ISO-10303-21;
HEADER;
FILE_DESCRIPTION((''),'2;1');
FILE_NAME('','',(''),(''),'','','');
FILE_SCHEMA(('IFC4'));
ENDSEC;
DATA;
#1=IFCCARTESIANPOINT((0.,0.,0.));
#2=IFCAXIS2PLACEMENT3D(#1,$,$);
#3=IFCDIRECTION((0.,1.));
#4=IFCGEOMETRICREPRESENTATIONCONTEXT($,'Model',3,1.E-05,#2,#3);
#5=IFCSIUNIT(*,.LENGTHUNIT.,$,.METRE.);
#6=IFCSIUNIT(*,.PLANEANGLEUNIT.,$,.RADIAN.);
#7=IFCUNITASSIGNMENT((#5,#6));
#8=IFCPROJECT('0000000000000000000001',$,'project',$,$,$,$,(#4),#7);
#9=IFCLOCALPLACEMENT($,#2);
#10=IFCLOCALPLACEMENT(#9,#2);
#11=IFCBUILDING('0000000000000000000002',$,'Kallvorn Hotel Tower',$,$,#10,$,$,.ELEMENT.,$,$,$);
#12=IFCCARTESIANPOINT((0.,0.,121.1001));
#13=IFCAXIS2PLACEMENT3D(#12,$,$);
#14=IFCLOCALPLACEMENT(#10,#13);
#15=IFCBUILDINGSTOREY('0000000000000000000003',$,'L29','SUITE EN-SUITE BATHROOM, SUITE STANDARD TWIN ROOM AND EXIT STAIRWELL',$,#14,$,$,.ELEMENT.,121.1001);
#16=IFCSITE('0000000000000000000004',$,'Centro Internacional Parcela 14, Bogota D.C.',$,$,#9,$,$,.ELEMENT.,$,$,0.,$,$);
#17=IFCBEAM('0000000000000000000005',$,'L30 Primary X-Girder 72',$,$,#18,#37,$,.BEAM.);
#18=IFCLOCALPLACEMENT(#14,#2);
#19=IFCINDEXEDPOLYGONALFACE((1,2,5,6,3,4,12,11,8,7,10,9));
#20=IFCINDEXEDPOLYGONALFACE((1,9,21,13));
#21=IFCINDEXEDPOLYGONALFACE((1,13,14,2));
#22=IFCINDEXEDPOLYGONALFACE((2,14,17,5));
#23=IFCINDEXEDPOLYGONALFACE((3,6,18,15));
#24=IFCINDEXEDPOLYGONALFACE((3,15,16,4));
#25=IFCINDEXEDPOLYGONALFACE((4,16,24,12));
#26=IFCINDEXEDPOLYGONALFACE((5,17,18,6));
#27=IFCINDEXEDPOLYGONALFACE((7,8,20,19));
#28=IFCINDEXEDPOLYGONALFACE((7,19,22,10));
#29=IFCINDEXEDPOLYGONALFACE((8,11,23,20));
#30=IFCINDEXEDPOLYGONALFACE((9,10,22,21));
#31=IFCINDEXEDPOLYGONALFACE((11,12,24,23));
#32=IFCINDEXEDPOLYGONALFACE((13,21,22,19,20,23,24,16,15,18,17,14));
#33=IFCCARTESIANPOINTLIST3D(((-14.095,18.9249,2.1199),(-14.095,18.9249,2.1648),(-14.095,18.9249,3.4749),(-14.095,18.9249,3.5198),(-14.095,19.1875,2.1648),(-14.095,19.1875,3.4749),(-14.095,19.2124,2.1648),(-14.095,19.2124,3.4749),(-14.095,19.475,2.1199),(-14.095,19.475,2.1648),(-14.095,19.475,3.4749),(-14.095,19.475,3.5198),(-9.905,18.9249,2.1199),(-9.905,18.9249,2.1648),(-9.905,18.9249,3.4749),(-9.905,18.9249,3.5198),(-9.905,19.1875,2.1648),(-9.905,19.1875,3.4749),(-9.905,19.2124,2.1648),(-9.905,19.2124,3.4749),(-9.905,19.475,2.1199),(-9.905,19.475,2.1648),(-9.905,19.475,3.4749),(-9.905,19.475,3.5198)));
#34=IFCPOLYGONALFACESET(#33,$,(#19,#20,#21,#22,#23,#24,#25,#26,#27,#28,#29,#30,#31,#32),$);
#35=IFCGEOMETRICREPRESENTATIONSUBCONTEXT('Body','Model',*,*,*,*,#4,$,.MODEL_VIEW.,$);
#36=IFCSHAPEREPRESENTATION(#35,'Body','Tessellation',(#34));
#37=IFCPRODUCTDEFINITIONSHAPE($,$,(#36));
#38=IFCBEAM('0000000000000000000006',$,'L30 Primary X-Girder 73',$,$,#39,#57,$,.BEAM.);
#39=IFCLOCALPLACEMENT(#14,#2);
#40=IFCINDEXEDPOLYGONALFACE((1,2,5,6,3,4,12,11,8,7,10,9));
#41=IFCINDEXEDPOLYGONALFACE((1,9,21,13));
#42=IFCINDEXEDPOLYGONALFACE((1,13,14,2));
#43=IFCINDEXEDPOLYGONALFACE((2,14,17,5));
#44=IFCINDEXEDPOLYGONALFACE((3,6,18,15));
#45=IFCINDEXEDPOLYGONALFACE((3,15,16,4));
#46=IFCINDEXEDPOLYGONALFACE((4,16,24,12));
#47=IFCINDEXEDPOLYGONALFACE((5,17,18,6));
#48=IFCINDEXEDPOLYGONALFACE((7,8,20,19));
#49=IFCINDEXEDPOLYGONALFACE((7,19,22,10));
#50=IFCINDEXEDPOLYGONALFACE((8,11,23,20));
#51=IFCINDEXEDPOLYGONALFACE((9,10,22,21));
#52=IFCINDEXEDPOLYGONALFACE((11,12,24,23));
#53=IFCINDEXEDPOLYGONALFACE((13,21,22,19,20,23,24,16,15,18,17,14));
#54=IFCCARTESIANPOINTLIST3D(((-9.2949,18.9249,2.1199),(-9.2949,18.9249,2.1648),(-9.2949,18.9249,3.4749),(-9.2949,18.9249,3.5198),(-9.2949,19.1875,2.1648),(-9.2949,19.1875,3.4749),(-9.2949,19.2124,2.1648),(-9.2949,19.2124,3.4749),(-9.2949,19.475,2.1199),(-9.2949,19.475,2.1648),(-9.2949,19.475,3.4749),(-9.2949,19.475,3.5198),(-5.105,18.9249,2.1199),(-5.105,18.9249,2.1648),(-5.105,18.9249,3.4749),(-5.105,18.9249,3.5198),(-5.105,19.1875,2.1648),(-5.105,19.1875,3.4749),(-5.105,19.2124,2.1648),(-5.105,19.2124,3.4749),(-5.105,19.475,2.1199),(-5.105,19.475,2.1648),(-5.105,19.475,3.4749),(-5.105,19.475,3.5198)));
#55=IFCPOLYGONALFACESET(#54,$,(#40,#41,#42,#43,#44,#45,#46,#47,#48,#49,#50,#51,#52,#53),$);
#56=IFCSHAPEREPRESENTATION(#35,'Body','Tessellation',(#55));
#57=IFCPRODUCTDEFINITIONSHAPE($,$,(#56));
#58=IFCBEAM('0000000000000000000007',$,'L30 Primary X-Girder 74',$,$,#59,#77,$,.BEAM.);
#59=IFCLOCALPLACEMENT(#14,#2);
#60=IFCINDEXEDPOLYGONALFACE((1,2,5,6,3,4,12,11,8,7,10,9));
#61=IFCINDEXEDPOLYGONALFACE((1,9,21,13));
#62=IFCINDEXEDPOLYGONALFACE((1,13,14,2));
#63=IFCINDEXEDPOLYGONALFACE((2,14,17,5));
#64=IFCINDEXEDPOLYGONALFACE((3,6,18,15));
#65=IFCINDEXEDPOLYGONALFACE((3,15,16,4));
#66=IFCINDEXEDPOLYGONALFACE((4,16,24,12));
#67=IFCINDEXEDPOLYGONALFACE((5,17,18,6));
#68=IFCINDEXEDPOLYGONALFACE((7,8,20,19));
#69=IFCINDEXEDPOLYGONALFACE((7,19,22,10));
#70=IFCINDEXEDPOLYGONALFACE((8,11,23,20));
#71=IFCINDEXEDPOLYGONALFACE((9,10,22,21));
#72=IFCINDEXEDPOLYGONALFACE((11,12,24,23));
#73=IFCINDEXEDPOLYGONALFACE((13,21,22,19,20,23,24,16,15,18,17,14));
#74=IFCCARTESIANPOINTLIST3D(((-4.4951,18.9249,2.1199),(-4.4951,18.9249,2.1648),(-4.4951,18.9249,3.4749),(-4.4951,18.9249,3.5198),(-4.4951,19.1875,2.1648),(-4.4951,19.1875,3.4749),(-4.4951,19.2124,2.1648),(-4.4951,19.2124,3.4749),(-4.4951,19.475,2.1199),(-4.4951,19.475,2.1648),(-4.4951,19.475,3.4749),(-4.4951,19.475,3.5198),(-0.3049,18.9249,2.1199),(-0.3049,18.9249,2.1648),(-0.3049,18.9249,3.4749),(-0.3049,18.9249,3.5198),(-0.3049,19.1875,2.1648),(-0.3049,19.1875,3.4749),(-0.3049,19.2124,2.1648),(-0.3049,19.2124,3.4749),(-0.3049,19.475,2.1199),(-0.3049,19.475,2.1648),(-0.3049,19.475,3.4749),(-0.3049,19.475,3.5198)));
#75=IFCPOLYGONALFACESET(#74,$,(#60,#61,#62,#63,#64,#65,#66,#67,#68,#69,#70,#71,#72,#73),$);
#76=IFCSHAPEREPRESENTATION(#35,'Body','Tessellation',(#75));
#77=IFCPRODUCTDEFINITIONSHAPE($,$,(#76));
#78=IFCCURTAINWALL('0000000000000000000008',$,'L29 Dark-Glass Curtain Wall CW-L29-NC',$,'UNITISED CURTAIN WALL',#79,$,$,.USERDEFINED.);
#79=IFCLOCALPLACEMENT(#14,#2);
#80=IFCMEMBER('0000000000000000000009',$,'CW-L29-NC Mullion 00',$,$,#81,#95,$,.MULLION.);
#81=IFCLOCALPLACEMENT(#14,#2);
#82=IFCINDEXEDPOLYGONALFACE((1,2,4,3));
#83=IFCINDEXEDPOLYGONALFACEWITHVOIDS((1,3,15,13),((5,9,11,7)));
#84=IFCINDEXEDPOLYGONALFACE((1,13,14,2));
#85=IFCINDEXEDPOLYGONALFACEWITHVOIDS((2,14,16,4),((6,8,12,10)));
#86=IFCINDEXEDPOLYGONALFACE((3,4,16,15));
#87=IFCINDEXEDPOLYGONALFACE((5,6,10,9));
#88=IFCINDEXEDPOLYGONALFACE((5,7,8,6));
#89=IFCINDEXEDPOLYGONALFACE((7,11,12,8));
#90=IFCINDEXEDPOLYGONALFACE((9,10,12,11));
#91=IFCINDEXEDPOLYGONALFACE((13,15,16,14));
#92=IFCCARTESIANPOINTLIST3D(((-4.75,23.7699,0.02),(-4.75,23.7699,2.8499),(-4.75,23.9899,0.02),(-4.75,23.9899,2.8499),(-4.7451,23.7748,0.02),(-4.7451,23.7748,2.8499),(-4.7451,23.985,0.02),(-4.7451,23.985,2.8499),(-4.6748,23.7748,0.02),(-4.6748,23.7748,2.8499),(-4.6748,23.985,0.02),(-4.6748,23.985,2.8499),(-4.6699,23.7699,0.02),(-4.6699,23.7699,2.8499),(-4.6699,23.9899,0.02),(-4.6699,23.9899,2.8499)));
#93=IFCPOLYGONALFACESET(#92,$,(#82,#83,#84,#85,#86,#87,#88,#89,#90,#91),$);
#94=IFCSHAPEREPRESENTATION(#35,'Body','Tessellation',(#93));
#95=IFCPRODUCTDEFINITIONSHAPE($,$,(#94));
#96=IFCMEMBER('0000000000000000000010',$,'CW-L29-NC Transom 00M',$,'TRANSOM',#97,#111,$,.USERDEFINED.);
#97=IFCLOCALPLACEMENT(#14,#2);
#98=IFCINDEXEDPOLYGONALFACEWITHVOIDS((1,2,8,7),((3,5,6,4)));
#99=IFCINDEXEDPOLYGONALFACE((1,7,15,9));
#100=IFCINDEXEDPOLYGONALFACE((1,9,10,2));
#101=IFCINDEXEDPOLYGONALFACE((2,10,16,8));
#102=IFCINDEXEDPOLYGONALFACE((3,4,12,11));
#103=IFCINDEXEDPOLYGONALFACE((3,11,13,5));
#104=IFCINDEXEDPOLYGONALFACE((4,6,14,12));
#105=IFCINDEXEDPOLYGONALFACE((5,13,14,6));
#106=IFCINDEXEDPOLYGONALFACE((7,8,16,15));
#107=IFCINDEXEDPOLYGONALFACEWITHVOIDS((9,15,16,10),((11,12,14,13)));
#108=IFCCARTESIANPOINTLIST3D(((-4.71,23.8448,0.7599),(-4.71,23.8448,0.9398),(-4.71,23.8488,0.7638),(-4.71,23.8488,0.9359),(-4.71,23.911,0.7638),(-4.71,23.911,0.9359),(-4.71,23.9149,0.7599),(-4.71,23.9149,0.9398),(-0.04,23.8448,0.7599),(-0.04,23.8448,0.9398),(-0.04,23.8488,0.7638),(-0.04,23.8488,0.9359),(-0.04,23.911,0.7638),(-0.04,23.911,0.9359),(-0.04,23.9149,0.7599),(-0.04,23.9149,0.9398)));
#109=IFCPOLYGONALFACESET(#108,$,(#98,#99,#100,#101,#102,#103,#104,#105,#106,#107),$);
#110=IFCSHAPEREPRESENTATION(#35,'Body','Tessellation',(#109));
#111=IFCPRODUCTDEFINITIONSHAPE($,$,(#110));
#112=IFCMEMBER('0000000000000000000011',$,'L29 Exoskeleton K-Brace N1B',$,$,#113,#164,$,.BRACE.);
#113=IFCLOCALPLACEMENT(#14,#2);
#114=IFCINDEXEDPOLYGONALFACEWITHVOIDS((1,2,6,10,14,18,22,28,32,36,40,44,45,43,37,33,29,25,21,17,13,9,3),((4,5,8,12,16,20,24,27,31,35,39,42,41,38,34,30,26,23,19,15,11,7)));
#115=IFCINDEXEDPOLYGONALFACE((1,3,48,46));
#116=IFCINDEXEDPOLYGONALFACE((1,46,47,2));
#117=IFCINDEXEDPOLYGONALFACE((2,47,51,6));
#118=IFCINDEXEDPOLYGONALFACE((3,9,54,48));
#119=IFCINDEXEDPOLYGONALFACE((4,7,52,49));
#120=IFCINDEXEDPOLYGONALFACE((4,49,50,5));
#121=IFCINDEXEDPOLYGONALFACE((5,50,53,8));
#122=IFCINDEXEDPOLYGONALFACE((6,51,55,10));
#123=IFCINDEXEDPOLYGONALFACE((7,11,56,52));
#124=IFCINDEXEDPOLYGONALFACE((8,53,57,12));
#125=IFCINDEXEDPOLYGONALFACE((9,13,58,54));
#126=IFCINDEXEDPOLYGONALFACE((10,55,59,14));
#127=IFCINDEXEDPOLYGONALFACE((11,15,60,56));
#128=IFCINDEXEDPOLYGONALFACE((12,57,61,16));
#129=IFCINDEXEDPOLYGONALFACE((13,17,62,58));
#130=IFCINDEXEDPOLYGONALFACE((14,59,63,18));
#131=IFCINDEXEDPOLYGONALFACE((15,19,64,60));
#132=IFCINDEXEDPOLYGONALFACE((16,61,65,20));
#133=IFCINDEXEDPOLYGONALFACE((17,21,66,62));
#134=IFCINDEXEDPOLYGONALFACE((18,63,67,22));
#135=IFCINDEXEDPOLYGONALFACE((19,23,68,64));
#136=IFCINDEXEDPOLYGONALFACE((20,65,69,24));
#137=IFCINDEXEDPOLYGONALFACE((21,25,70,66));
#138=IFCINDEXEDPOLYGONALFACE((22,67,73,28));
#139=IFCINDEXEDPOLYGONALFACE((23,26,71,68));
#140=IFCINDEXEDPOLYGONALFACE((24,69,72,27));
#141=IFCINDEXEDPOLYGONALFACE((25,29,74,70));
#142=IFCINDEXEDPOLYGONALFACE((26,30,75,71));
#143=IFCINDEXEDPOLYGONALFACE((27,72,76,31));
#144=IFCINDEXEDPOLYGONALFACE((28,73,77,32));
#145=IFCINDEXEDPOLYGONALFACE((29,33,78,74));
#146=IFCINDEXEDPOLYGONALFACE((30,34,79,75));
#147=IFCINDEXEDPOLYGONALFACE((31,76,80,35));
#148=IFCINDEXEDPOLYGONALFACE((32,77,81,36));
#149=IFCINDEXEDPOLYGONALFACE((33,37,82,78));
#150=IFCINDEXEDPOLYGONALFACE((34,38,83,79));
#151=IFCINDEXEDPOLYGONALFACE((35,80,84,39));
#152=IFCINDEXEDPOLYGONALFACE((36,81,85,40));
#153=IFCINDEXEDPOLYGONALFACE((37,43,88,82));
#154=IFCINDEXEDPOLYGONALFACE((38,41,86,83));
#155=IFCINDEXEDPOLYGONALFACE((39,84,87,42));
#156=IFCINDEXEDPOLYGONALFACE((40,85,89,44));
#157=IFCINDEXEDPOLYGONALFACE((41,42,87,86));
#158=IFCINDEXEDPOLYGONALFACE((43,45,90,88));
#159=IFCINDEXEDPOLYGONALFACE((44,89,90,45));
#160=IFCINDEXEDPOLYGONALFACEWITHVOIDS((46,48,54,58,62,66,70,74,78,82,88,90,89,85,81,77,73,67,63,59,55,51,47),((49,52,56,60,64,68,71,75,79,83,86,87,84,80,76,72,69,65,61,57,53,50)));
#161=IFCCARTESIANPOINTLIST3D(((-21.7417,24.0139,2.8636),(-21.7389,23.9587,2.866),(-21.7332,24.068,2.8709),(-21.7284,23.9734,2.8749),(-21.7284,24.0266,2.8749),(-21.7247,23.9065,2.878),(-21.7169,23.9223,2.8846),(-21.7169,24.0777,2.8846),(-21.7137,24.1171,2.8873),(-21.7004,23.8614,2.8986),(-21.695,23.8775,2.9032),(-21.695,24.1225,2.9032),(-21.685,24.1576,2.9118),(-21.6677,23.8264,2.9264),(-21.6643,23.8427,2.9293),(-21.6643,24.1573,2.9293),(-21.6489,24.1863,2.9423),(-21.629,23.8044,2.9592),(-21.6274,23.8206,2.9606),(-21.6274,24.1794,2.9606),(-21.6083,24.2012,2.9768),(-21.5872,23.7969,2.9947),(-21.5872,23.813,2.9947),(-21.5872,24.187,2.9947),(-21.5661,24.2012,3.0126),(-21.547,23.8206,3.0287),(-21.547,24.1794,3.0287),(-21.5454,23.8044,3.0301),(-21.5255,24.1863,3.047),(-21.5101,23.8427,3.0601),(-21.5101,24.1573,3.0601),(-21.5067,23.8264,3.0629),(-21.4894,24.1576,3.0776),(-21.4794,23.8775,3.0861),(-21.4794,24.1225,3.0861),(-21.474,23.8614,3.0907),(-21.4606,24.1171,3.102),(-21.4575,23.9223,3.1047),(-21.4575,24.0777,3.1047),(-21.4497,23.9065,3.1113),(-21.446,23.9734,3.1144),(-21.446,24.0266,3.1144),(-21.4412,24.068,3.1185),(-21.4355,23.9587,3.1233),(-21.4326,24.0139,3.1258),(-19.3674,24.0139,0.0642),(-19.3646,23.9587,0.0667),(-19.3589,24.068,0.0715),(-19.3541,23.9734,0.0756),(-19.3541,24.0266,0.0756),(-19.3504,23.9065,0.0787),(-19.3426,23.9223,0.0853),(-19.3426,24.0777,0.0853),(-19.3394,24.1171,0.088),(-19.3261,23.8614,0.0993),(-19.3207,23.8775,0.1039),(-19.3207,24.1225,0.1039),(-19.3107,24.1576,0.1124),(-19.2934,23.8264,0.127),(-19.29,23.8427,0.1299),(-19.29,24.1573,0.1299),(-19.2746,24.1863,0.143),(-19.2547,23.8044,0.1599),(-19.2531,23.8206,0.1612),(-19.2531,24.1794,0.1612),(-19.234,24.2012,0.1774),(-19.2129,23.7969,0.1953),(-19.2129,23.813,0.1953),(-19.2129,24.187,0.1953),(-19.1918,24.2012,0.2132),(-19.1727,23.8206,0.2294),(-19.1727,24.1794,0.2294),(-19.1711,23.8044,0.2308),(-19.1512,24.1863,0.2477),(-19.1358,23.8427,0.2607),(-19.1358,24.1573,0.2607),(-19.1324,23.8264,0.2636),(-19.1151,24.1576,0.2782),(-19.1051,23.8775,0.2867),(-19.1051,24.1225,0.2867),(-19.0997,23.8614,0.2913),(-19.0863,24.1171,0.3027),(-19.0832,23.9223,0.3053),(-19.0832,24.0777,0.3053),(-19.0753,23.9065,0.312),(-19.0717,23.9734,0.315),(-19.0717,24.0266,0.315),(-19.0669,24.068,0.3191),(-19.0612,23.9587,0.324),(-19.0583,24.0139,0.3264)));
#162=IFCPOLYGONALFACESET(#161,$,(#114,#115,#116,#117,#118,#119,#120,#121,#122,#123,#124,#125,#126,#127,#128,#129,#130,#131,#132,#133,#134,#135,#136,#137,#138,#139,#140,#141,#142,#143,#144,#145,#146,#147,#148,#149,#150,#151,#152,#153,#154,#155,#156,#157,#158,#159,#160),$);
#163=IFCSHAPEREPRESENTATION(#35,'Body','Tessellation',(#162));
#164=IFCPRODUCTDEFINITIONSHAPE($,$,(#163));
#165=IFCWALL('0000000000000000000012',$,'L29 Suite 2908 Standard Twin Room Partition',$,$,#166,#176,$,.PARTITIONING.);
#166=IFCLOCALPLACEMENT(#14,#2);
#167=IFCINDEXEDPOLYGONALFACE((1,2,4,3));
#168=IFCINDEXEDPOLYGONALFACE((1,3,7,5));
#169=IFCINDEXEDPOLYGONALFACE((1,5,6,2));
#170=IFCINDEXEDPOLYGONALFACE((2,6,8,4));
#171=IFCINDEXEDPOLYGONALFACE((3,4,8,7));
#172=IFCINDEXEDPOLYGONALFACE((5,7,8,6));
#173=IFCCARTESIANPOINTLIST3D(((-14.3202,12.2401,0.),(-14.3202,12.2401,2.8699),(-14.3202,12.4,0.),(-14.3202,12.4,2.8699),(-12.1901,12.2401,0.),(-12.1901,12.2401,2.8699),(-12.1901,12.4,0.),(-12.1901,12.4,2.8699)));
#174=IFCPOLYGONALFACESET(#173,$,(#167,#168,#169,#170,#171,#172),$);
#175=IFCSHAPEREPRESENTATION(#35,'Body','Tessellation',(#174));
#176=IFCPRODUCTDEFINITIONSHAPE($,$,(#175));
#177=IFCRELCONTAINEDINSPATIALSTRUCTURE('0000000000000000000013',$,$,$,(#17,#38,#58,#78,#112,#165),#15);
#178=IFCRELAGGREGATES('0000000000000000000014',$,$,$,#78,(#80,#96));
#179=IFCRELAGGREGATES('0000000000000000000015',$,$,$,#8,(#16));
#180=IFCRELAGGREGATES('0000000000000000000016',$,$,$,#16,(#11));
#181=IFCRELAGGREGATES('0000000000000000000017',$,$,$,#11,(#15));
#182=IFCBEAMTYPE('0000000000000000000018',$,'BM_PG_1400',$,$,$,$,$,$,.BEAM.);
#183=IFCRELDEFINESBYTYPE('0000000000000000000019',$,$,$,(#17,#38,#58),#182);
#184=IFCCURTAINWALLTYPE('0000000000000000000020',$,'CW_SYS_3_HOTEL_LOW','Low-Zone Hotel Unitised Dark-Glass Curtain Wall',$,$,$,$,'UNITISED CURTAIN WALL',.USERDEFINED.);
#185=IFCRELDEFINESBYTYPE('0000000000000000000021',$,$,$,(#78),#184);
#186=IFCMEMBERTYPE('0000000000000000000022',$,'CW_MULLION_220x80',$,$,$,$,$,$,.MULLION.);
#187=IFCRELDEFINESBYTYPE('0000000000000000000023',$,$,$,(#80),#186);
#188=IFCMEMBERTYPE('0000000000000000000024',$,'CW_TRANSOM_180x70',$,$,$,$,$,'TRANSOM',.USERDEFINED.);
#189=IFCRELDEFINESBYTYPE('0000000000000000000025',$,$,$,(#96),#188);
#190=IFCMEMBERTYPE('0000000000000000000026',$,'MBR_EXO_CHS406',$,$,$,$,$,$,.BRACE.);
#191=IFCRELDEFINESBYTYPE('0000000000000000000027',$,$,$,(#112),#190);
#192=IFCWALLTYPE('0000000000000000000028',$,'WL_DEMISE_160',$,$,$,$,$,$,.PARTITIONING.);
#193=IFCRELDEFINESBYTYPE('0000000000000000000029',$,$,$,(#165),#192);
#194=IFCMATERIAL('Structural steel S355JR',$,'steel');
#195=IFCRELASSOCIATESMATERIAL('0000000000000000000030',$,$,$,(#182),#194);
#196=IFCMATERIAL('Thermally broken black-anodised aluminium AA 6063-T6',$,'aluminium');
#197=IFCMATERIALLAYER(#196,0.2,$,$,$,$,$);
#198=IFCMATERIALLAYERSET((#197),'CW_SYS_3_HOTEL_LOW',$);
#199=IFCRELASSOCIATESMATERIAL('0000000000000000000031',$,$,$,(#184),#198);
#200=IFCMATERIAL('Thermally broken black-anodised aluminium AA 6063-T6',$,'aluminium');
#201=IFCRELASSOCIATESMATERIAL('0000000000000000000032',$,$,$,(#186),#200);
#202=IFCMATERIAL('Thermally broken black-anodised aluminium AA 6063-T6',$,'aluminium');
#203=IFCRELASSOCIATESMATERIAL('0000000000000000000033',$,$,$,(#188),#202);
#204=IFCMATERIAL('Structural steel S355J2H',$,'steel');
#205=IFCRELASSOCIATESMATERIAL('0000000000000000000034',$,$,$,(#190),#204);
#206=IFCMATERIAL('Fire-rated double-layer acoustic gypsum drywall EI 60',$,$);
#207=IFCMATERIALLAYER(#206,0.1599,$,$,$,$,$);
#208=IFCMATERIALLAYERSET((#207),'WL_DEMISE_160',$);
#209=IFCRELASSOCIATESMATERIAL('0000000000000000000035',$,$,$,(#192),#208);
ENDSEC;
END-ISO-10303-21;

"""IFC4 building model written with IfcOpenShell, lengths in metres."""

from ifc_helpers import new_model, si_unit, direction, frame, frame_2d, origin, origin_2d, place, context, subcontext, project, spatial, rectangle, hollow_rectangle, hollow_circle, i_section, extrude, material, layer, layer_set, material_profile, profile_set, type_object, element, aggregate, save


model = new_model("IFC4")

# Units and contexts
model_context = context("Model", 3, precision=1e-05, world=origin(), true_north=direction((0.0, 1.0)))
body_context = subcontext(model_context, "Body", "Model", "MODEL_VIEW")
ifc_project = project(units=[si_unit("LENGTHUNIT", "METRE"), si_unit("PLANEANGLEUNIT", "RADIAN")], contexts=[model_context])

# Site, building, storey
site_placement = place(None, origin())
site = spatial("IfcSite", under=ifc_project, at=site_placement, Name="Centro Internacional Parcela 14, Bogota D.C.", CompositionType="ELEMENT", RefElevation=0.0)
building_placement = place(site_placement, origin())
building = spatial("IfcBuilding", under=site, at=building_placement, Name="Kallvorn Hotel Tower", CompositionType="ELEMENT")
storey_placement = place(building_placement, frame((0.0, 0.0, 121.1001)))
storey = spatial("IfcBuildingStorey", under=building, at=storey_placement, Name="L29", Description="SUITE EN-SUITE BATHROOM, SUITE STANDARD TWIN ROOM AND EXIT STAIRWELL", CompositionType="ELEMENT", Elevation=121.1001)

# Beams
ifc_material_1 = material(Name="Structural steel S355JR", Category="steel")
ifc_material_profile_1 = material_profile(ifc_material_1, i_section(OverallWidth=0.55, OverallDepth=1.3999, WebThickness=0.0249, FlangeThickness=0.0449, at=origin_2d()), Name="PG 1400x550x25x45")
ifc_profile_set_1 = profile_set([ifc_material_profile_1], Name="Structural steel S355JR")
beam_type_1 = type_object("IfcBeamType", Name="BM_PG_1400", PredefinedType="BEAM", material=ifc_profile_set_1)
for number, where, z_axis, x_axis, name in (
    (1, (-14.095, 19.2, 2.8198), (1.0, 0.0, 0.0), (0.0, 1.0, 0.0), "L30 Primary X-Girder 72"),
    (2, (-9.2949, 19.2, 2.8198), (1.0, 0.0, 0.0), (0.0, 1.0, 0.0), "L30 Primary X-Girder 73"),
):
    element("IfcBeam", number, at=place(storey_placement, frame(where, z_axis=z_axis, x_axis=x_axis)), inside=storey, type_object=beam_type_1, Name=name, PredefinedType="BEAM", context=body_context, shape_type="SweptSolid", body=[
        extrude(i_section(OverallWidth=0.55, OverallDepth=1.3999, WebThickness=0.0249, FlangeThickness=0.0449, at=origin_2d()), origin(), (0.0, 0.0, 1.0), 4.1899),
    ])
beam_1_placement = place(storey_placement, frame((-4.4951, 19.2, 2.8198), z_axis=(1.0, 0.0, 0.0), x_axis=(0.0, 1.0, 0.0)))
element("IfcBeam", 3, at=beam_1_placement, inside=storey, type_object=beam_type_1, Name="L30 Primary X-Girder 74", PredefinedType="BEAM", context=body_context, shape_type="SweptSolid", body=[
    extrude(i_section(OverallWidth=0.55, OverallDepth=1.3999, WebThickness=0.0249, FlangeThickness=0.0449, at=origin_2d()), origin(), (0.0, 0.0, 1.0), 4.1902),
])

# Curtain wall, members
ifc_material_2 = material(Name="Thermally broken black-anodised aluminium AA 6063-T6", Category="aluminium")
ifc_layer_1 = layer(ifc_material_2, 0.2)
ifc_layer_set_1 = layer_set([ifc_layer_1], Name="CW_SYS_3_HOTEL_LOW")
curtain_wall_type = type_object("IfcCurtainWallType", Name="CW_SYS_3_HOTEL_LOW", Description="Low-Zone Hotel Unitised Dark-Glass Curtain Wall", ElementType="UNITISED CURTAIN WALL", PredefinedType="USERDEFINED", material=ifc_layer_set_1)
curtain_wall_placement = place(storey_placement, origin())
curtain_wall = element("IfcCurtainWall", 4, at=curtain_wall_placement, inside=storey, type_object=curtain_wall_type, Name="L29 Dark-Glass Curtain Wall CW-L29-NC", ObjectType="UNITISED CURTAIN WALL", PredefinedType="USERDEFINED")
ifc_material_3 = material(Name="Thermally broken black-anodised aluminium AA 6063-T6", Category="aluminium")
ifc_material_profile_2 = material_profile(ifc_material_3, hollow_rectangle(XDim=0.0801, YDim=0.22, WallThickness=0.0049, at=origin_2d()), Name="MUL 220x80")
ifc_profile_set_2 = profile_set([ifc_material_profile_2], Name="Thermally broken black-anodised aluminium AA 6063-T6")
member_type_1 = type_object("IfcMemberType", Name="CW_MULLION_220x80", PredefinedType="MULLION", material=ifc_profile_set_2)
member_1_placement = place(storey_placement, frame((-4.71, 23.8799, 0.02), z_axis=(0.0, 0.0, 1.0), x_axis=(1.0, 0.0, 0.0)))
member_1 = element("IfcMember", 5, at=member_1_placement, type_object=member_type_1, Name="CW-L29-NC Mullion 00", PredefinedType="MULLION", context=body_context, shape_type="SweptSolid", body=[
    extrude(hollow_rectangle(XDim=0.0801, YDim=0.22, WallThickness=0.0049, at=origin_2d()), origin(), (0.0, 0.0, 1.0), 2.8298),
])
ifc_material_4 = material(Name="Thermally broken black-anodised aluminium AA 6063-T6", Category="aluminium")
ifc_material_profile_3 = material_profile(ifc_material_4, hollow_rectangle(XDim=0.0701, YDim=0.1799, WallThickness=0.0039, at=origin_2d()), Name="TRN 180x70")
ifc_profile_set_3 = profile_set([ifc_material_profile_3], Name="Thermally broken black-anodised aluminium AA 6063-T6")
member_type_2 = type_object("IfcMemberType", Name="CW_TRANSOM_180x70", ElementType="TRANSOM", PredefinedType="USERDEFINED", material=ifc_profile_set_3)
member_2_placement = place(storey_placement, frame((-4.71, 23.8799, 0.8499), z_axis=(1.0, 0.0, 0.0), x_axis=(0.0, 1.0, 0.0)))
member_2 = element("IfcMember", 6, at=member_2_placement, type_object=member_type_2, Name="CW-L29-NC Transom 00M", ObjectType="TRANSOM", PredefinedType="USERDEFINED", context=body_context, shape_type="SweptSolid", body=[
    extrude(hollow_rectangle(XDim=0.0701, YDim=0.1799, WallThickness=0.0039, at=origin_2d()), origin(), (0.0, 0.0, 1.0), 4.6699),
])
aggregate(curtain_wall, [member_1, member_2])

# Member
ifc_material_5 = material(Name="Structural steel S355J2H", Category="steel")
ifc_material_profile_4 = material_profile(ifc_material_5, hollow_circle(Radius=0.2031, WallThickness=0.0161, at=origin_2d()), Name="CHS 406.4x16")
ifc_profile_set_4 = profile_set([ifc_material_profile_4], Name="Structural steel S355J2H")
member_type_3 = type_object("IfcMemberType", Name="MBR_EXO_CHS406", PredefinedType="BRACE", material=ifc_profile_set_4)
member_3_placement = place(storey_placement, frame((-19.2129, 24.0, 0.1953), z_axis=(-0.646833, 0.0, 0.762631), x_axis=(0.0, -1.0, 0.0)))
element("IfcMember", 7, at=member_3_placement, inside=storey, type_object=member_type_3, Name="L29 Exoskeleton K-Brace N1B", PredefinedType="BRACE", context=body_context, shape_type="SweptSolid", body=[
    extrude(hollow_circle(Radius=0.2031, WallThickness=0.0161, at=origin_2d()), origin(), (0.0, 0.0, 1.0), 3.6707),
])

# Wall
ifc_material_6 = material(Name="Fire-rated double-layer acoustic gypsum drywall EI 60")
ifc_layer_2 = layer(ifc_material_6, 0.1599)
ifc_layer_set_2 = layer_set([ifc_layer_2], Name="WL_DEMISE_160")
wall_type = type_object("IfcWallType", Name="WL_DEMISE_160", PredefinedType="PARTITIONING", material=ifc_layer_set_2)
wall_1_placement = place(storey_placement, frame((-14.3201, 12.3201, 0.0), z_axis=(0.0, 0.0, 1.0), x_axis=(1.0, 0.0, 0.0)))
element("IfcWall", 8, at=wall_1_placement, inside=storey, type_object=wall_type, Name="L29 Suite 2908 Standard Twin Room Partition", PredefinedType="PARTITIONING", context=body_context, shape_type="SweptSolid", body=[
    extrude(rectangle(XDim=2.1301, YDim=0.1599, at=frame_2d((1.0649, 0.0))), origin(), (0.0, 0.0, 1.0), 2.8699),
])

save(model, "model.ifc")
